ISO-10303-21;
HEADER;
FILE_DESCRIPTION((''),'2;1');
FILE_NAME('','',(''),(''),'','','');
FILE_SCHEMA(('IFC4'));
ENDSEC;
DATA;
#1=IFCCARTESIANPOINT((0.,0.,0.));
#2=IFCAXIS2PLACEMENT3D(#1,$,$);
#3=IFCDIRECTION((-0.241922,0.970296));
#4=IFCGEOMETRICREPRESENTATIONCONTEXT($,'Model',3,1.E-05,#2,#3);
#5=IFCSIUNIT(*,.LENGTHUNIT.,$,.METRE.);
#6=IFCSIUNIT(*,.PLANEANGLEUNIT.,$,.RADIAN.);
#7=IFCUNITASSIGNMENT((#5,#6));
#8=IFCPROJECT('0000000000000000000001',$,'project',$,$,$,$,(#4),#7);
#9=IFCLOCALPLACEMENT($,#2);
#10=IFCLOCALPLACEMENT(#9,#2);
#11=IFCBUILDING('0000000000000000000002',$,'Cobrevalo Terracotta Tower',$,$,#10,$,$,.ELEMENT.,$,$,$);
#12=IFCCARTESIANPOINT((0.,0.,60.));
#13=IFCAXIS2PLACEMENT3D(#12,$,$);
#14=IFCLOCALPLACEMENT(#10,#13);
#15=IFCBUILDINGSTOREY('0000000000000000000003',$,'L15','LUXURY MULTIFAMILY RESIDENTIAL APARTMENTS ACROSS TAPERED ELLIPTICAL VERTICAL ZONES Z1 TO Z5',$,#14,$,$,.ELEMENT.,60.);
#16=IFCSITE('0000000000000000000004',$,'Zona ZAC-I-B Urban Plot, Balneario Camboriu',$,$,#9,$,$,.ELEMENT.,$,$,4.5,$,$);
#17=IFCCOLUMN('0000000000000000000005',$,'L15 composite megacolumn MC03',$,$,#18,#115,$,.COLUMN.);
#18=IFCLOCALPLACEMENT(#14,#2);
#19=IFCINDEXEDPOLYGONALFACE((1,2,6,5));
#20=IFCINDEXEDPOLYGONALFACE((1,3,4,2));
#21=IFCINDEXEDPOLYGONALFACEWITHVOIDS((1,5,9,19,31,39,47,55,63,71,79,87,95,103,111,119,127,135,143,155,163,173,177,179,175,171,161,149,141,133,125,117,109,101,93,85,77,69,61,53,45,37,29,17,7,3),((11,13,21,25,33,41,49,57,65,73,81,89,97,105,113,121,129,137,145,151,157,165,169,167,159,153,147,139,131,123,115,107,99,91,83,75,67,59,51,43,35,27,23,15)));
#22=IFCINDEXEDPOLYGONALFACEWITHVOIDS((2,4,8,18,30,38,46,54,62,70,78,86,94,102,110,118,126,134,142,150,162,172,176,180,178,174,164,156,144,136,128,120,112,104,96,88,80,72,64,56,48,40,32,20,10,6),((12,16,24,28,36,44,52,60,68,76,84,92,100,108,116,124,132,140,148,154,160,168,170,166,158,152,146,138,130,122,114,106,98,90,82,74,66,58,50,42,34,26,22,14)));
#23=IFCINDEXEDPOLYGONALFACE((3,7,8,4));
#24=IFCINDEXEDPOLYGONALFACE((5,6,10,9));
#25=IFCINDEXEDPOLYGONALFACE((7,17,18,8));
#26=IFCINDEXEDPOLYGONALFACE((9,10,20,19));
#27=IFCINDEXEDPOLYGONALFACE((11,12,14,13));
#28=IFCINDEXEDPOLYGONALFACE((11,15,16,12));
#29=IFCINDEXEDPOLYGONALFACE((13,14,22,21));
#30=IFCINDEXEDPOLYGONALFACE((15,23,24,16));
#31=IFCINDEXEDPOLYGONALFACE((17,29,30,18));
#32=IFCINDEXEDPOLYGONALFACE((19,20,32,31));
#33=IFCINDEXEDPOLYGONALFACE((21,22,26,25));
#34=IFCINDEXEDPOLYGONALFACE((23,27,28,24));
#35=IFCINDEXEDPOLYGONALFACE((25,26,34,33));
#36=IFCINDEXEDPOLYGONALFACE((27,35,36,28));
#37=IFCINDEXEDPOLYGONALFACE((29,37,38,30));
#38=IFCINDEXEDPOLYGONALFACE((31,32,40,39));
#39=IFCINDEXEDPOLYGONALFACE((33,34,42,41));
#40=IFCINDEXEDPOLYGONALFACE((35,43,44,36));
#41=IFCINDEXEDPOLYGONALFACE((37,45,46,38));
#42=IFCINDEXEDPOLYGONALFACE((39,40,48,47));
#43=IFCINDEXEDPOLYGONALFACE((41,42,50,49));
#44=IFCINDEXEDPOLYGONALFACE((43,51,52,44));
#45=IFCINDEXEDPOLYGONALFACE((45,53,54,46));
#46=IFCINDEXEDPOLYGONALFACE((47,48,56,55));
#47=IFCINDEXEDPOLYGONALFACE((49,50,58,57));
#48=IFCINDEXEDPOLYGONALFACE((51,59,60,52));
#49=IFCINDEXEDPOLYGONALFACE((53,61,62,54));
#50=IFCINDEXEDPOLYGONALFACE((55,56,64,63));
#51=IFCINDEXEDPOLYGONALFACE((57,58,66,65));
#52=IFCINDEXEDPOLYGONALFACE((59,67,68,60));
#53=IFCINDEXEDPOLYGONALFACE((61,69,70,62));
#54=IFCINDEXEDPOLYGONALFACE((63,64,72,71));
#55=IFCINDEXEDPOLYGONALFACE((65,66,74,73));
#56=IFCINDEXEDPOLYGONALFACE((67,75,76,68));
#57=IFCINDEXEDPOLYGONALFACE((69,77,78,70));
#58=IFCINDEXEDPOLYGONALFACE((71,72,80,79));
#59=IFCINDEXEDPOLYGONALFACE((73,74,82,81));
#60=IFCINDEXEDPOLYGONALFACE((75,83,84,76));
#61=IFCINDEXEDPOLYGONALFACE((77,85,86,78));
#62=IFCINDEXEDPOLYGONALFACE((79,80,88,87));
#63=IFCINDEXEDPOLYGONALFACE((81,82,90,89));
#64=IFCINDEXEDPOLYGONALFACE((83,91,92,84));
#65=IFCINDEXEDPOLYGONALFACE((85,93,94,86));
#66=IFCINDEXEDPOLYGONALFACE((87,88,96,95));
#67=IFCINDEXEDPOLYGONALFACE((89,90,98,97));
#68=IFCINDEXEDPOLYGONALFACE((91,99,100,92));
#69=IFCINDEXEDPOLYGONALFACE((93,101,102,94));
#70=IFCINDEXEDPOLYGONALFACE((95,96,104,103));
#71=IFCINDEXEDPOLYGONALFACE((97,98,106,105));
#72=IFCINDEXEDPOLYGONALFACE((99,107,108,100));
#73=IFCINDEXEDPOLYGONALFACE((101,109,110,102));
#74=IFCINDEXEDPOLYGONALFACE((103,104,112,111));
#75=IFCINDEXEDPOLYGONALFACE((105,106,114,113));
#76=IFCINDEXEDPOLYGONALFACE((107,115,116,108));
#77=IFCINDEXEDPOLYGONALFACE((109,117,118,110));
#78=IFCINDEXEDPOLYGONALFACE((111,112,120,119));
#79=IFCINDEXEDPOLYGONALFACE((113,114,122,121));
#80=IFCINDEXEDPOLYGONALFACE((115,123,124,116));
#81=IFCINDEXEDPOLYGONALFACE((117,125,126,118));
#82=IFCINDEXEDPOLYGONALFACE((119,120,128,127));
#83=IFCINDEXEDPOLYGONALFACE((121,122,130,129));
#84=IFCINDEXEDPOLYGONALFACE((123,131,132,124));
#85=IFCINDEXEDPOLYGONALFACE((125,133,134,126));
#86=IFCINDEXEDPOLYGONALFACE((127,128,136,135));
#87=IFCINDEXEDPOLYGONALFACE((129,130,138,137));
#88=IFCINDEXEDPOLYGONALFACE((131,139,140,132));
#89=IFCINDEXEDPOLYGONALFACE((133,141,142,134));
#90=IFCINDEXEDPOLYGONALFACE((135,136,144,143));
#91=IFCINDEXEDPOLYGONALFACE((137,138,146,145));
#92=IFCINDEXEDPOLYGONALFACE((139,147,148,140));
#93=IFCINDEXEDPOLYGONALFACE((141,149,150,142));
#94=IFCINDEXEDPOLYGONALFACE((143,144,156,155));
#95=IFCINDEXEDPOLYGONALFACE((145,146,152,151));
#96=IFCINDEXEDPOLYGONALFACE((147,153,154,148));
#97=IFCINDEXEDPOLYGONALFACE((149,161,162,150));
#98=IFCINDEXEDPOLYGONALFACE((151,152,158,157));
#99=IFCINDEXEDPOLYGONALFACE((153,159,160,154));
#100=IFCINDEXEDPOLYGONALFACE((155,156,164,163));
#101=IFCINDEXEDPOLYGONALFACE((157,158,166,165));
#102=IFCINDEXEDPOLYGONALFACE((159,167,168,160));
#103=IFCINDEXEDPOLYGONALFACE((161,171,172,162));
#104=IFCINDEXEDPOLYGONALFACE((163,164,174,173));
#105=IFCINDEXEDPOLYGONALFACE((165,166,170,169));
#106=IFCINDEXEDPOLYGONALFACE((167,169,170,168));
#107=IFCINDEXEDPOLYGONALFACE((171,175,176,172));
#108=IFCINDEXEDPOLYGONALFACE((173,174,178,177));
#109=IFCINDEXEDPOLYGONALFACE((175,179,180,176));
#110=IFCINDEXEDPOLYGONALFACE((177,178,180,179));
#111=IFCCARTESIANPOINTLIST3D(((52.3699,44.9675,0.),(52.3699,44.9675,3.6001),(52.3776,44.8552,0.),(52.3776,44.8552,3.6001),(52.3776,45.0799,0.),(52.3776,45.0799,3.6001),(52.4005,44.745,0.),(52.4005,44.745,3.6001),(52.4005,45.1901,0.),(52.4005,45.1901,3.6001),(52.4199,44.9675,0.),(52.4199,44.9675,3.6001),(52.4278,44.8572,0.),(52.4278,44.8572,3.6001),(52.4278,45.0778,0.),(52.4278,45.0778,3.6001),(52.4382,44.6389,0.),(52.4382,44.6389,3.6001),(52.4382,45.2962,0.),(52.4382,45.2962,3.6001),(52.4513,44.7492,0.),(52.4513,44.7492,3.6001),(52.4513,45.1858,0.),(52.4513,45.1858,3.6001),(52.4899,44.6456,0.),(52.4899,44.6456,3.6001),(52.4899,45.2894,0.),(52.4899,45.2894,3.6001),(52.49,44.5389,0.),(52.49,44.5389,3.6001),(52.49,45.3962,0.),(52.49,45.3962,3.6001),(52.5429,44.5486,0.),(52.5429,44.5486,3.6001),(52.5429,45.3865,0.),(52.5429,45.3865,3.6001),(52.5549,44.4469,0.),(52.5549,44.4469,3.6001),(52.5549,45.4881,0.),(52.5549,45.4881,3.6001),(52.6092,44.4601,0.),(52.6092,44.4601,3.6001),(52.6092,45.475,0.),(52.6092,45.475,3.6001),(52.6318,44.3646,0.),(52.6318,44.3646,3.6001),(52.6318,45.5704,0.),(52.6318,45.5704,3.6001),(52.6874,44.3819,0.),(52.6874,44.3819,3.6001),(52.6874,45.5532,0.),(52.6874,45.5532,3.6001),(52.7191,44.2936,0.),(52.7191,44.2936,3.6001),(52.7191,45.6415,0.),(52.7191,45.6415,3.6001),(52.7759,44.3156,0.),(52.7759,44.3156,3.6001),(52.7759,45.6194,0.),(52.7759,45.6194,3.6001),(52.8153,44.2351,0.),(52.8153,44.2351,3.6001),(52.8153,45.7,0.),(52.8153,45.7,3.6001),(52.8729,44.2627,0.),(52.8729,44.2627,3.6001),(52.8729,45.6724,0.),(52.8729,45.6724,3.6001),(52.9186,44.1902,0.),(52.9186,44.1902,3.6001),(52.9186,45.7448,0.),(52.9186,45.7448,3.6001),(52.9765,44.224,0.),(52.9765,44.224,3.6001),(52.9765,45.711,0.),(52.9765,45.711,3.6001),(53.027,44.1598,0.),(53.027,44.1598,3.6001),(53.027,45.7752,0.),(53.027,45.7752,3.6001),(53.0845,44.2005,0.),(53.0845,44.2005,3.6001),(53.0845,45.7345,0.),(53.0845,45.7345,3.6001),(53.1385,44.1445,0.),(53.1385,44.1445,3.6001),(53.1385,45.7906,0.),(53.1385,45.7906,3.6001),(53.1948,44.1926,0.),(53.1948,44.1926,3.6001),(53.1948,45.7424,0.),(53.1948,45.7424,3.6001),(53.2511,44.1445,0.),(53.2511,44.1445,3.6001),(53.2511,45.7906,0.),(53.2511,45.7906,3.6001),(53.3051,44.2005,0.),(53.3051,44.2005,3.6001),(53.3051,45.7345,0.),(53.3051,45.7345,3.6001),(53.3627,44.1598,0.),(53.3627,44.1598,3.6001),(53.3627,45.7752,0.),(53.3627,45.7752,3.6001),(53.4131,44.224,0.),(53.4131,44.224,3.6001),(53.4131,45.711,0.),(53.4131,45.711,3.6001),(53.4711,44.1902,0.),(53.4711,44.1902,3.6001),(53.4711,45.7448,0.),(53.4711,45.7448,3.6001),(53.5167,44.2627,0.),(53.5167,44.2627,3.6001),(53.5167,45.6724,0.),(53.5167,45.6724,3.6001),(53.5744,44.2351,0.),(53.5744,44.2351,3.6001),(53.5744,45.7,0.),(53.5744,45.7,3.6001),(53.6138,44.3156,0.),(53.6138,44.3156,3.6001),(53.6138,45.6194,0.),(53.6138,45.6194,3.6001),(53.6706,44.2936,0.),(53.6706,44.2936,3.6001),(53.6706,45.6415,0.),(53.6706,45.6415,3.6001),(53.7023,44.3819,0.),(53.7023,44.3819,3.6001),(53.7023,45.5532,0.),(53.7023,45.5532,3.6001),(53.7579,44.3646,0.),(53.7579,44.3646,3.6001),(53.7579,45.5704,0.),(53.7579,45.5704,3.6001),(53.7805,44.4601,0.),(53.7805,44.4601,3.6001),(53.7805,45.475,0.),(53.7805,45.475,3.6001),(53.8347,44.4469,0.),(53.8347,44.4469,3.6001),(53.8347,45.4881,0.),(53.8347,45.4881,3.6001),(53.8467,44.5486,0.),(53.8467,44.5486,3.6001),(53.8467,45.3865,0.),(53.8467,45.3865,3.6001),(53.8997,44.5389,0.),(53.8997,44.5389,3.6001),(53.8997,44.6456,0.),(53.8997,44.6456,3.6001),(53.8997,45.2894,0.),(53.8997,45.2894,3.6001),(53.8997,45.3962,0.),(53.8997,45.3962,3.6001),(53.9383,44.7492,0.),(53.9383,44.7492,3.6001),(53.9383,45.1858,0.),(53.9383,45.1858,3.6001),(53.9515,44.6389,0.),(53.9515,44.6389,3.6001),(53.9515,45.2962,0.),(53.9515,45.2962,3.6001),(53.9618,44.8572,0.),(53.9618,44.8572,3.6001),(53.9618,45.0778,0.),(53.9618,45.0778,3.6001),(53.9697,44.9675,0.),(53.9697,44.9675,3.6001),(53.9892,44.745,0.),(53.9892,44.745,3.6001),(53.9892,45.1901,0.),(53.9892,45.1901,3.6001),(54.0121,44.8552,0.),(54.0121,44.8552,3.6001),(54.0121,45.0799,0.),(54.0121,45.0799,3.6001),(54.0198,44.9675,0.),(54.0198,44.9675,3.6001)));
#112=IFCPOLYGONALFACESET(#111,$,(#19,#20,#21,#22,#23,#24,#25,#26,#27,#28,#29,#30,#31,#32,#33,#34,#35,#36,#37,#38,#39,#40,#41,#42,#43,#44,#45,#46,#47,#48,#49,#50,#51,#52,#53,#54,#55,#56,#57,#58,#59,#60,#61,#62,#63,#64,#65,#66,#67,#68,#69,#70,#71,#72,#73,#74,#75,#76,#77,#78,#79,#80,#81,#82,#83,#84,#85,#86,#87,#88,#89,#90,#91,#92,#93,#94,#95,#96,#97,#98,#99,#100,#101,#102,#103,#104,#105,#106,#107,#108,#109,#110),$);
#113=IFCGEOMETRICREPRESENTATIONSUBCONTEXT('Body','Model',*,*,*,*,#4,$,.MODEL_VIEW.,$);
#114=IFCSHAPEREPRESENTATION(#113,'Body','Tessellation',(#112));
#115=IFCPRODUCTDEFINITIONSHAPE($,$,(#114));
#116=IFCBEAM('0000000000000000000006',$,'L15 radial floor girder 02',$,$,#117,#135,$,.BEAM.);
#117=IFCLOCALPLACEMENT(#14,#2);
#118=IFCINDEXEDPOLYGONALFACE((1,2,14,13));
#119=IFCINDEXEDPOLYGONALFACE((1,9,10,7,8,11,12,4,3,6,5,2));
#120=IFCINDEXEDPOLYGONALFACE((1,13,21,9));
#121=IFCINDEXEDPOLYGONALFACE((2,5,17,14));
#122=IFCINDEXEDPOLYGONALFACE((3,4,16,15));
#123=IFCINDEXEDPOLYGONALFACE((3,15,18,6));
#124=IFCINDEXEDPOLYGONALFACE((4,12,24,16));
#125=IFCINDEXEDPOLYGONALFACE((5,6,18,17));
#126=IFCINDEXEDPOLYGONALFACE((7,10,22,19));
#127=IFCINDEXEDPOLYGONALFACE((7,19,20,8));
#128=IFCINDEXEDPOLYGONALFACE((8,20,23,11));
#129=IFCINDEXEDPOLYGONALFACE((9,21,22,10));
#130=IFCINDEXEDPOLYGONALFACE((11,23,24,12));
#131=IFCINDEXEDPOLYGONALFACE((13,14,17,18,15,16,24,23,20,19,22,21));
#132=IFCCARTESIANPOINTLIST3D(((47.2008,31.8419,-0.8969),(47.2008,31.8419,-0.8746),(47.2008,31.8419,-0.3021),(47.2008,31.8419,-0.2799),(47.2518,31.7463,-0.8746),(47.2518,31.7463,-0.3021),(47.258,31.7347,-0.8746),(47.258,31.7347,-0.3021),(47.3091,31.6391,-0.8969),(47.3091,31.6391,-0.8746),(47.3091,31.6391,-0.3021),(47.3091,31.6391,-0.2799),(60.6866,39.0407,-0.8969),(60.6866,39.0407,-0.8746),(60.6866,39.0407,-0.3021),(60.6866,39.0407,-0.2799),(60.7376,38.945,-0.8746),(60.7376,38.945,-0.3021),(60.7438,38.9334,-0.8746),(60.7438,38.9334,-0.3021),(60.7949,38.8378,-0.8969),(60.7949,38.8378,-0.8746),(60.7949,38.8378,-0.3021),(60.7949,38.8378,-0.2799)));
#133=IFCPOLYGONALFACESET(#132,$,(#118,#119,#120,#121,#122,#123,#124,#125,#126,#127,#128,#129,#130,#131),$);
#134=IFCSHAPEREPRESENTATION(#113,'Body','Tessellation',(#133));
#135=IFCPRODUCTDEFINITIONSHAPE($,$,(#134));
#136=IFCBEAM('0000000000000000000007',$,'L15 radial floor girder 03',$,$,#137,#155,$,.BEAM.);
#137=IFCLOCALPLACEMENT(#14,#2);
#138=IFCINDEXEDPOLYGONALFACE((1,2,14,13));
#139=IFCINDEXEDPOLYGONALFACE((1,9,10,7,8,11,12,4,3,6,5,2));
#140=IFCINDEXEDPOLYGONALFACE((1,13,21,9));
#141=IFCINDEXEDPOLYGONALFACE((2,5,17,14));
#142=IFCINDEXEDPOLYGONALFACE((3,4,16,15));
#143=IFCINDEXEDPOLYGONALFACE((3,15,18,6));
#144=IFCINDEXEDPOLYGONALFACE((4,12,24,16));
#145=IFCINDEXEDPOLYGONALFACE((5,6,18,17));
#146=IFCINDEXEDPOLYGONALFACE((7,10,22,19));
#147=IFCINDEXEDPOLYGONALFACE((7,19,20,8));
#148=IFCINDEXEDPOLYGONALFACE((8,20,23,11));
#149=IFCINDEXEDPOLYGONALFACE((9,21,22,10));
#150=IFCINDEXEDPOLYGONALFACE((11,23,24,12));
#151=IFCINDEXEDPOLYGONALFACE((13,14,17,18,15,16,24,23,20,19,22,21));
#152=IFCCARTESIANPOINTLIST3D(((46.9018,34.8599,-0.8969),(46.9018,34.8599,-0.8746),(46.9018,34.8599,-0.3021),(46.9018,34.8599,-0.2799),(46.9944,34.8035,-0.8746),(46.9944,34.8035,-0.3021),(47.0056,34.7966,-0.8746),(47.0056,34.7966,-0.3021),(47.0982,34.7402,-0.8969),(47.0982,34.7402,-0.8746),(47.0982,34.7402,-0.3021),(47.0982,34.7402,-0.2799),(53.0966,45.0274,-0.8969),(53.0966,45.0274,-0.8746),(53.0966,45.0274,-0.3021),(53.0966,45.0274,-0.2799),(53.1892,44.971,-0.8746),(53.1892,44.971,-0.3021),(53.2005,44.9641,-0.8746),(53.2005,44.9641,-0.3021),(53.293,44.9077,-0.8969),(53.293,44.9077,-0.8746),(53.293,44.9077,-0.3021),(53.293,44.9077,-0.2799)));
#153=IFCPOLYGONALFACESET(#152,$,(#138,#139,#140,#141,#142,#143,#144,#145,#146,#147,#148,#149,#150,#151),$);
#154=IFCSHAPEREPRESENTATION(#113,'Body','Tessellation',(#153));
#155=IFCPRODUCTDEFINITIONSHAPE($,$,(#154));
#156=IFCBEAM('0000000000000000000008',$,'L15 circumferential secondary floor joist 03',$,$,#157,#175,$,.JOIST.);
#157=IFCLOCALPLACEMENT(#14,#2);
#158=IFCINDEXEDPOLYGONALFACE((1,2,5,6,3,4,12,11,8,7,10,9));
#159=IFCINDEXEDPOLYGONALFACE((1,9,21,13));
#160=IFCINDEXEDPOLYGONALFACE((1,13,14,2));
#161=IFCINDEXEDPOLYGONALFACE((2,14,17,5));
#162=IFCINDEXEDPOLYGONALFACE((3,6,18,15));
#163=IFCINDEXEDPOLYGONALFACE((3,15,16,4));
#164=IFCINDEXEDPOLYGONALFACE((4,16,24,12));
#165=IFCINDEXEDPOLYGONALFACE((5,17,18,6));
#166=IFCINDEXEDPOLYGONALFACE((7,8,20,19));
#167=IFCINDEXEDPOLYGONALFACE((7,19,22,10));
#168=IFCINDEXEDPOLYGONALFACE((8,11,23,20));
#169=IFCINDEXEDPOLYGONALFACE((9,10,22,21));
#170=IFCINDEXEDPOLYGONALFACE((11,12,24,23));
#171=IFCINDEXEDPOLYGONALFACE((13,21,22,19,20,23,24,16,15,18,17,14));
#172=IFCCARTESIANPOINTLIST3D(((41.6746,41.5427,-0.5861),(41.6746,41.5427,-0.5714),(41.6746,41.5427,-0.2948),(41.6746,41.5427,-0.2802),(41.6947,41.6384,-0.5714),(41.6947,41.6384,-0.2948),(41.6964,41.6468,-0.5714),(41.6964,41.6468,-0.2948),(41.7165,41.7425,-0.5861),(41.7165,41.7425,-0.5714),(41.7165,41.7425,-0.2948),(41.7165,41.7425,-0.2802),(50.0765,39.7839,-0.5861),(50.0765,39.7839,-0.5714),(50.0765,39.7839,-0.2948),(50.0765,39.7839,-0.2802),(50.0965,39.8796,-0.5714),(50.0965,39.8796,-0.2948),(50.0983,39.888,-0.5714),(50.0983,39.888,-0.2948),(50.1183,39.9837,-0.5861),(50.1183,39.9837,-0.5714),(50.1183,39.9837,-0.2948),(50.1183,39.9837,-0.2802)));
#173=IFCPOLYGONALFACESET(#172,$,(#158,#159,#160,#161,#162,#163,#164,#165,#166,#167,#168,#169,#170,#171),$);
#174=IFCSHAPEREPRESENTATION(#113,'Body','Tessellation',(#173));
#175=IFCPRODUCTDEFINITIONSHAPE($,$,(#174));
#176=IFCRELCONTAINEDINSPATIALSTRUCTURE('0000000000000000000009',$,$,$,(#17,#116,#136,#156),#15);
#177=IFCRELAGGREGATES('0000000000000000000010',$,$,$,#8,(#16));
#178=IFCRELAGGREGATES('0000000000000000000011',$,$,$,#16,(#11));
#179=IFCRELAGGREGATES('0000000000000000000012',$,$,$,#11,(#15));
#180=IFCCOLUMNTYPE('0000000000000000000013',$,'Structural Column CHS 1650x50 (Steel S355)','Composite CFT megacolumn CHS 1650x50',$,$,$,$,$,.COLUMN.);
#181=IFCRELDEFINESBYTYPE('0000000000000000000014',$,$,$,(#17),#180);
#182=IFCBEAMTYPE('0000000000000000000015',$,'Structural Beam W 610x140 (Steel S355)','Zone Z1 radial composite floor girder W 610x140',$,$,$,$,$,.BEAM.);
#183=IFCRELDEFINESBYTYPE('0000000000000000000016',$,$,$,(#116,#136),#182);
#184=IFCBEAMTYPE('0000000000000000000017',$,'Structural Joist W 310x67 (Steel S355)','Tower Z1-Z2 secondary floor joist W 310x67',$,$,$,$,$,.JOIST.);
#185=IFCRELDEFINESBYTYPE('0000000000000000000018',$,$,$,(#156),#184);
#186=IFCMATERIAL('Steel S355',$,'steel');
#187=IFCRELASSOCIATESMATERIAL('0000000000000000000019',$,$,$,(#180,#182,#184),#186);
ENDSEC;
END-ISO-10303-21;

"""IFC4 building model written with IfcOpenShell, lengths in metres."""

from ifc_helpers import new_model, si_unit, direction, frame, origin, origin_2d, place, context, subcontext, project, spatial, hollow_circle, i_section, extrude, material, material_profile, profile_set, type_object, element, save


model = new_model("IFC4")

# Units and contexts
model_context = context("Model", 3, precision=1e-05, world=origin(), true_north=direction((-0.241922, 0.970296)))
body_context = subcontext(model_context, "Body", "Model", "MODEL_VIEW")
ifc_project = project(units=[si_unit("LENGTHUNIT", "METRE"), si_unit("PLANEANGLEUNIT", "RADIAN")], contexts=[model_context])

# Site, building, storey
site_placement = place(None, origin())
site = spatial("IfcSite", under=ifc_project, at=site_placement, Name="Zona ZAC-I-B Urban Plot, Balneario Camboriu", CompositionType="ELEMENT", RefElevation=4.5)
building_placement = place(site_placement, origin())
building = spatial("IfcBuilding", under=site, at=building_placement, Name="Cobrevalo Terracotta Tower", CompositionType="ELEMENT")
storey_placement = place(building_placement, frame((0.0, 0.0, 60.0)))
storey = spatial("IfcBuildingStorey", under=building, at=storey_placement, Name="L15", Description="LUXURY MULTIFAMILY RESIDENTIAL APARTMENTS ACROSS TAPERED ELLIPTICAL VERTICAL ZONES Z1 TO Z5", CompositionType="ELEMENT", Elevation=60.0)

# Column
ifc_material_1 = material(Name="Steel S355", Category="steel")
ifc_material_profile_1 = material_profile(ifc_material_1, hollow_circle(Radius=0.825, WallThickness=0.05, at=origin_2d()), Name="CHS 1650x50")
ifc_profile_set_1 = profile_set([ifc_material_profile_1], Name="Steel S355")
column_type = type_object("IfcColumnType", Name="Structural Column CHS 1650x50 (Steel S355)", Description="Composite CFT megacolumn CHS 1650x50", PredefinedType="COLUMN", material=ifc_profile_set_1)
for number, where, z_axis, x_axis, name in (
    (1, (53.1948, 44.9675, 0.0), (0.0, 0.0, 1.0), (1.0, 0.0, 0.0), "L15 composite megacolumn MC03"),
):
    element("IfcColumn", number, at=place(storey_placement, frame(where, z_axis=z_axis, x_axis=x_axis)), inside=storey, type_object=column_type, Name=name, PredefinedType="COLUMN", context=body_context, shape_type="SweptSolid", body=[
        extrude(hollow_circle(Radius=0.825, WallThickness=0.05, at=origin_2d()), origin(), (0.0, 0.0, 1.0), 3.6001),
    ])

# Beams
ifc_material_profile_2 = material_profile(ifc_material_1, i_section(OverallWidth=0.23, OverallDepth=0.6169, WebThickness=0.0132, FlangeThickness=0.0222, at=origin_2d()), Name="W 610x140")
ifc_profile_set_2 = profile_set([ifc_material_profile_2], Name="Steel S355")
beam_type_1 = type_object("IfcBeamType", Name="Structural Beam W 610x140 (Steel S355)", Description="Zone Z1 radial composite floor girder W 610x140", PredefinedType="BEAM", material=ifc_profile_set_2)
beam_1_placement = place(storey_placement, frame((60.7407, 38.9392, -0.5884), z_axis=(-0.882182, -0.470908, 0.0), x_axis=(0.470908, -0.882182, 0.0)))
element("IfcBeam", 2, at=beam_1_placement, inside=storey, type_object=beam_type_1, Name="L15 radial floor girder 02", PredefinedType="BEAM", context=body_context, shape_type="SweptSolid", body=[
    extrude(i_section(OverallWidth=0.23, OverallDepth=0.6169, WebThickness=0.0132, FlangeThickness=0.0222, at=origin_2d()), origin(), (0.0, 0.0, 1.0), 15.2869),
])
beam_2_placement = place(storey_placement, frame((53.1948, 44.9675, -0.5884), z_axis=(-0.52031, -0.853978, 0.0), x_axis=(0.853978, -0.52031, 0.0)))
element("IfcBeam", 3, at=beam_2_placement, inside=storey, type_object=beam_type_1, Name="L15 radial floor girder 03", PredefinedType="BEAM", context=body_context, shape_type="SweptSolid", body=[
    extrude(i_section(OverallWidth=0.23, OverallDepth=0.6169, WebThickness=0.0132, FlangeThickness=0.0222, at=origin_2d()), origin(), (0.0, 0.0, 1.0), 11.906),
])
ifc_material_profile_3 = material_profile(ifc_material_1, i_section(OverallWidth=0.2041, OverallDepth=0.3059, WebThickness=0.0085, FlangeThickness=0.0146, at=origin_2d()), Name="W 310x67")
ifc_profile_set_3 = profile_set([ifc_material_profile_3], Name="Steel S355")
beam_type_2 = type_object("IfcBeamType", Name="Structural Joist W 310x67 (Steel S355)", Description="Tower Z1-Z2 secondary floor joist W 310x67", PredefinedType="JOIST", material=ifc_profile_set_3)
beam_3_placement = place(storey_placement, frame((50.0974, 39.8838, -0.4331), z_axis=(-0.978785, 0.204892, 0.0), x_axis=(-0.204892, -0.978785, 0.0)))
element("IfcBeam", 4, at=beam_3_placement, inside=storey, type_object=beam_type_2, Name="L15 circumferential secondary floor joist 03", PredefinedType="JOIST", context=body_context, shape_type="SweptSolid", body=[
    extrude(i_section(OverallWidth=0.2041, OverallDepth=0.3059, WebThickness=0.0085, FlangeThickness=0.0146, at=origin_2d()), origin(), (0.0, 0.0, 1.0), 8.584),
])

save(model, "model.ifc")
